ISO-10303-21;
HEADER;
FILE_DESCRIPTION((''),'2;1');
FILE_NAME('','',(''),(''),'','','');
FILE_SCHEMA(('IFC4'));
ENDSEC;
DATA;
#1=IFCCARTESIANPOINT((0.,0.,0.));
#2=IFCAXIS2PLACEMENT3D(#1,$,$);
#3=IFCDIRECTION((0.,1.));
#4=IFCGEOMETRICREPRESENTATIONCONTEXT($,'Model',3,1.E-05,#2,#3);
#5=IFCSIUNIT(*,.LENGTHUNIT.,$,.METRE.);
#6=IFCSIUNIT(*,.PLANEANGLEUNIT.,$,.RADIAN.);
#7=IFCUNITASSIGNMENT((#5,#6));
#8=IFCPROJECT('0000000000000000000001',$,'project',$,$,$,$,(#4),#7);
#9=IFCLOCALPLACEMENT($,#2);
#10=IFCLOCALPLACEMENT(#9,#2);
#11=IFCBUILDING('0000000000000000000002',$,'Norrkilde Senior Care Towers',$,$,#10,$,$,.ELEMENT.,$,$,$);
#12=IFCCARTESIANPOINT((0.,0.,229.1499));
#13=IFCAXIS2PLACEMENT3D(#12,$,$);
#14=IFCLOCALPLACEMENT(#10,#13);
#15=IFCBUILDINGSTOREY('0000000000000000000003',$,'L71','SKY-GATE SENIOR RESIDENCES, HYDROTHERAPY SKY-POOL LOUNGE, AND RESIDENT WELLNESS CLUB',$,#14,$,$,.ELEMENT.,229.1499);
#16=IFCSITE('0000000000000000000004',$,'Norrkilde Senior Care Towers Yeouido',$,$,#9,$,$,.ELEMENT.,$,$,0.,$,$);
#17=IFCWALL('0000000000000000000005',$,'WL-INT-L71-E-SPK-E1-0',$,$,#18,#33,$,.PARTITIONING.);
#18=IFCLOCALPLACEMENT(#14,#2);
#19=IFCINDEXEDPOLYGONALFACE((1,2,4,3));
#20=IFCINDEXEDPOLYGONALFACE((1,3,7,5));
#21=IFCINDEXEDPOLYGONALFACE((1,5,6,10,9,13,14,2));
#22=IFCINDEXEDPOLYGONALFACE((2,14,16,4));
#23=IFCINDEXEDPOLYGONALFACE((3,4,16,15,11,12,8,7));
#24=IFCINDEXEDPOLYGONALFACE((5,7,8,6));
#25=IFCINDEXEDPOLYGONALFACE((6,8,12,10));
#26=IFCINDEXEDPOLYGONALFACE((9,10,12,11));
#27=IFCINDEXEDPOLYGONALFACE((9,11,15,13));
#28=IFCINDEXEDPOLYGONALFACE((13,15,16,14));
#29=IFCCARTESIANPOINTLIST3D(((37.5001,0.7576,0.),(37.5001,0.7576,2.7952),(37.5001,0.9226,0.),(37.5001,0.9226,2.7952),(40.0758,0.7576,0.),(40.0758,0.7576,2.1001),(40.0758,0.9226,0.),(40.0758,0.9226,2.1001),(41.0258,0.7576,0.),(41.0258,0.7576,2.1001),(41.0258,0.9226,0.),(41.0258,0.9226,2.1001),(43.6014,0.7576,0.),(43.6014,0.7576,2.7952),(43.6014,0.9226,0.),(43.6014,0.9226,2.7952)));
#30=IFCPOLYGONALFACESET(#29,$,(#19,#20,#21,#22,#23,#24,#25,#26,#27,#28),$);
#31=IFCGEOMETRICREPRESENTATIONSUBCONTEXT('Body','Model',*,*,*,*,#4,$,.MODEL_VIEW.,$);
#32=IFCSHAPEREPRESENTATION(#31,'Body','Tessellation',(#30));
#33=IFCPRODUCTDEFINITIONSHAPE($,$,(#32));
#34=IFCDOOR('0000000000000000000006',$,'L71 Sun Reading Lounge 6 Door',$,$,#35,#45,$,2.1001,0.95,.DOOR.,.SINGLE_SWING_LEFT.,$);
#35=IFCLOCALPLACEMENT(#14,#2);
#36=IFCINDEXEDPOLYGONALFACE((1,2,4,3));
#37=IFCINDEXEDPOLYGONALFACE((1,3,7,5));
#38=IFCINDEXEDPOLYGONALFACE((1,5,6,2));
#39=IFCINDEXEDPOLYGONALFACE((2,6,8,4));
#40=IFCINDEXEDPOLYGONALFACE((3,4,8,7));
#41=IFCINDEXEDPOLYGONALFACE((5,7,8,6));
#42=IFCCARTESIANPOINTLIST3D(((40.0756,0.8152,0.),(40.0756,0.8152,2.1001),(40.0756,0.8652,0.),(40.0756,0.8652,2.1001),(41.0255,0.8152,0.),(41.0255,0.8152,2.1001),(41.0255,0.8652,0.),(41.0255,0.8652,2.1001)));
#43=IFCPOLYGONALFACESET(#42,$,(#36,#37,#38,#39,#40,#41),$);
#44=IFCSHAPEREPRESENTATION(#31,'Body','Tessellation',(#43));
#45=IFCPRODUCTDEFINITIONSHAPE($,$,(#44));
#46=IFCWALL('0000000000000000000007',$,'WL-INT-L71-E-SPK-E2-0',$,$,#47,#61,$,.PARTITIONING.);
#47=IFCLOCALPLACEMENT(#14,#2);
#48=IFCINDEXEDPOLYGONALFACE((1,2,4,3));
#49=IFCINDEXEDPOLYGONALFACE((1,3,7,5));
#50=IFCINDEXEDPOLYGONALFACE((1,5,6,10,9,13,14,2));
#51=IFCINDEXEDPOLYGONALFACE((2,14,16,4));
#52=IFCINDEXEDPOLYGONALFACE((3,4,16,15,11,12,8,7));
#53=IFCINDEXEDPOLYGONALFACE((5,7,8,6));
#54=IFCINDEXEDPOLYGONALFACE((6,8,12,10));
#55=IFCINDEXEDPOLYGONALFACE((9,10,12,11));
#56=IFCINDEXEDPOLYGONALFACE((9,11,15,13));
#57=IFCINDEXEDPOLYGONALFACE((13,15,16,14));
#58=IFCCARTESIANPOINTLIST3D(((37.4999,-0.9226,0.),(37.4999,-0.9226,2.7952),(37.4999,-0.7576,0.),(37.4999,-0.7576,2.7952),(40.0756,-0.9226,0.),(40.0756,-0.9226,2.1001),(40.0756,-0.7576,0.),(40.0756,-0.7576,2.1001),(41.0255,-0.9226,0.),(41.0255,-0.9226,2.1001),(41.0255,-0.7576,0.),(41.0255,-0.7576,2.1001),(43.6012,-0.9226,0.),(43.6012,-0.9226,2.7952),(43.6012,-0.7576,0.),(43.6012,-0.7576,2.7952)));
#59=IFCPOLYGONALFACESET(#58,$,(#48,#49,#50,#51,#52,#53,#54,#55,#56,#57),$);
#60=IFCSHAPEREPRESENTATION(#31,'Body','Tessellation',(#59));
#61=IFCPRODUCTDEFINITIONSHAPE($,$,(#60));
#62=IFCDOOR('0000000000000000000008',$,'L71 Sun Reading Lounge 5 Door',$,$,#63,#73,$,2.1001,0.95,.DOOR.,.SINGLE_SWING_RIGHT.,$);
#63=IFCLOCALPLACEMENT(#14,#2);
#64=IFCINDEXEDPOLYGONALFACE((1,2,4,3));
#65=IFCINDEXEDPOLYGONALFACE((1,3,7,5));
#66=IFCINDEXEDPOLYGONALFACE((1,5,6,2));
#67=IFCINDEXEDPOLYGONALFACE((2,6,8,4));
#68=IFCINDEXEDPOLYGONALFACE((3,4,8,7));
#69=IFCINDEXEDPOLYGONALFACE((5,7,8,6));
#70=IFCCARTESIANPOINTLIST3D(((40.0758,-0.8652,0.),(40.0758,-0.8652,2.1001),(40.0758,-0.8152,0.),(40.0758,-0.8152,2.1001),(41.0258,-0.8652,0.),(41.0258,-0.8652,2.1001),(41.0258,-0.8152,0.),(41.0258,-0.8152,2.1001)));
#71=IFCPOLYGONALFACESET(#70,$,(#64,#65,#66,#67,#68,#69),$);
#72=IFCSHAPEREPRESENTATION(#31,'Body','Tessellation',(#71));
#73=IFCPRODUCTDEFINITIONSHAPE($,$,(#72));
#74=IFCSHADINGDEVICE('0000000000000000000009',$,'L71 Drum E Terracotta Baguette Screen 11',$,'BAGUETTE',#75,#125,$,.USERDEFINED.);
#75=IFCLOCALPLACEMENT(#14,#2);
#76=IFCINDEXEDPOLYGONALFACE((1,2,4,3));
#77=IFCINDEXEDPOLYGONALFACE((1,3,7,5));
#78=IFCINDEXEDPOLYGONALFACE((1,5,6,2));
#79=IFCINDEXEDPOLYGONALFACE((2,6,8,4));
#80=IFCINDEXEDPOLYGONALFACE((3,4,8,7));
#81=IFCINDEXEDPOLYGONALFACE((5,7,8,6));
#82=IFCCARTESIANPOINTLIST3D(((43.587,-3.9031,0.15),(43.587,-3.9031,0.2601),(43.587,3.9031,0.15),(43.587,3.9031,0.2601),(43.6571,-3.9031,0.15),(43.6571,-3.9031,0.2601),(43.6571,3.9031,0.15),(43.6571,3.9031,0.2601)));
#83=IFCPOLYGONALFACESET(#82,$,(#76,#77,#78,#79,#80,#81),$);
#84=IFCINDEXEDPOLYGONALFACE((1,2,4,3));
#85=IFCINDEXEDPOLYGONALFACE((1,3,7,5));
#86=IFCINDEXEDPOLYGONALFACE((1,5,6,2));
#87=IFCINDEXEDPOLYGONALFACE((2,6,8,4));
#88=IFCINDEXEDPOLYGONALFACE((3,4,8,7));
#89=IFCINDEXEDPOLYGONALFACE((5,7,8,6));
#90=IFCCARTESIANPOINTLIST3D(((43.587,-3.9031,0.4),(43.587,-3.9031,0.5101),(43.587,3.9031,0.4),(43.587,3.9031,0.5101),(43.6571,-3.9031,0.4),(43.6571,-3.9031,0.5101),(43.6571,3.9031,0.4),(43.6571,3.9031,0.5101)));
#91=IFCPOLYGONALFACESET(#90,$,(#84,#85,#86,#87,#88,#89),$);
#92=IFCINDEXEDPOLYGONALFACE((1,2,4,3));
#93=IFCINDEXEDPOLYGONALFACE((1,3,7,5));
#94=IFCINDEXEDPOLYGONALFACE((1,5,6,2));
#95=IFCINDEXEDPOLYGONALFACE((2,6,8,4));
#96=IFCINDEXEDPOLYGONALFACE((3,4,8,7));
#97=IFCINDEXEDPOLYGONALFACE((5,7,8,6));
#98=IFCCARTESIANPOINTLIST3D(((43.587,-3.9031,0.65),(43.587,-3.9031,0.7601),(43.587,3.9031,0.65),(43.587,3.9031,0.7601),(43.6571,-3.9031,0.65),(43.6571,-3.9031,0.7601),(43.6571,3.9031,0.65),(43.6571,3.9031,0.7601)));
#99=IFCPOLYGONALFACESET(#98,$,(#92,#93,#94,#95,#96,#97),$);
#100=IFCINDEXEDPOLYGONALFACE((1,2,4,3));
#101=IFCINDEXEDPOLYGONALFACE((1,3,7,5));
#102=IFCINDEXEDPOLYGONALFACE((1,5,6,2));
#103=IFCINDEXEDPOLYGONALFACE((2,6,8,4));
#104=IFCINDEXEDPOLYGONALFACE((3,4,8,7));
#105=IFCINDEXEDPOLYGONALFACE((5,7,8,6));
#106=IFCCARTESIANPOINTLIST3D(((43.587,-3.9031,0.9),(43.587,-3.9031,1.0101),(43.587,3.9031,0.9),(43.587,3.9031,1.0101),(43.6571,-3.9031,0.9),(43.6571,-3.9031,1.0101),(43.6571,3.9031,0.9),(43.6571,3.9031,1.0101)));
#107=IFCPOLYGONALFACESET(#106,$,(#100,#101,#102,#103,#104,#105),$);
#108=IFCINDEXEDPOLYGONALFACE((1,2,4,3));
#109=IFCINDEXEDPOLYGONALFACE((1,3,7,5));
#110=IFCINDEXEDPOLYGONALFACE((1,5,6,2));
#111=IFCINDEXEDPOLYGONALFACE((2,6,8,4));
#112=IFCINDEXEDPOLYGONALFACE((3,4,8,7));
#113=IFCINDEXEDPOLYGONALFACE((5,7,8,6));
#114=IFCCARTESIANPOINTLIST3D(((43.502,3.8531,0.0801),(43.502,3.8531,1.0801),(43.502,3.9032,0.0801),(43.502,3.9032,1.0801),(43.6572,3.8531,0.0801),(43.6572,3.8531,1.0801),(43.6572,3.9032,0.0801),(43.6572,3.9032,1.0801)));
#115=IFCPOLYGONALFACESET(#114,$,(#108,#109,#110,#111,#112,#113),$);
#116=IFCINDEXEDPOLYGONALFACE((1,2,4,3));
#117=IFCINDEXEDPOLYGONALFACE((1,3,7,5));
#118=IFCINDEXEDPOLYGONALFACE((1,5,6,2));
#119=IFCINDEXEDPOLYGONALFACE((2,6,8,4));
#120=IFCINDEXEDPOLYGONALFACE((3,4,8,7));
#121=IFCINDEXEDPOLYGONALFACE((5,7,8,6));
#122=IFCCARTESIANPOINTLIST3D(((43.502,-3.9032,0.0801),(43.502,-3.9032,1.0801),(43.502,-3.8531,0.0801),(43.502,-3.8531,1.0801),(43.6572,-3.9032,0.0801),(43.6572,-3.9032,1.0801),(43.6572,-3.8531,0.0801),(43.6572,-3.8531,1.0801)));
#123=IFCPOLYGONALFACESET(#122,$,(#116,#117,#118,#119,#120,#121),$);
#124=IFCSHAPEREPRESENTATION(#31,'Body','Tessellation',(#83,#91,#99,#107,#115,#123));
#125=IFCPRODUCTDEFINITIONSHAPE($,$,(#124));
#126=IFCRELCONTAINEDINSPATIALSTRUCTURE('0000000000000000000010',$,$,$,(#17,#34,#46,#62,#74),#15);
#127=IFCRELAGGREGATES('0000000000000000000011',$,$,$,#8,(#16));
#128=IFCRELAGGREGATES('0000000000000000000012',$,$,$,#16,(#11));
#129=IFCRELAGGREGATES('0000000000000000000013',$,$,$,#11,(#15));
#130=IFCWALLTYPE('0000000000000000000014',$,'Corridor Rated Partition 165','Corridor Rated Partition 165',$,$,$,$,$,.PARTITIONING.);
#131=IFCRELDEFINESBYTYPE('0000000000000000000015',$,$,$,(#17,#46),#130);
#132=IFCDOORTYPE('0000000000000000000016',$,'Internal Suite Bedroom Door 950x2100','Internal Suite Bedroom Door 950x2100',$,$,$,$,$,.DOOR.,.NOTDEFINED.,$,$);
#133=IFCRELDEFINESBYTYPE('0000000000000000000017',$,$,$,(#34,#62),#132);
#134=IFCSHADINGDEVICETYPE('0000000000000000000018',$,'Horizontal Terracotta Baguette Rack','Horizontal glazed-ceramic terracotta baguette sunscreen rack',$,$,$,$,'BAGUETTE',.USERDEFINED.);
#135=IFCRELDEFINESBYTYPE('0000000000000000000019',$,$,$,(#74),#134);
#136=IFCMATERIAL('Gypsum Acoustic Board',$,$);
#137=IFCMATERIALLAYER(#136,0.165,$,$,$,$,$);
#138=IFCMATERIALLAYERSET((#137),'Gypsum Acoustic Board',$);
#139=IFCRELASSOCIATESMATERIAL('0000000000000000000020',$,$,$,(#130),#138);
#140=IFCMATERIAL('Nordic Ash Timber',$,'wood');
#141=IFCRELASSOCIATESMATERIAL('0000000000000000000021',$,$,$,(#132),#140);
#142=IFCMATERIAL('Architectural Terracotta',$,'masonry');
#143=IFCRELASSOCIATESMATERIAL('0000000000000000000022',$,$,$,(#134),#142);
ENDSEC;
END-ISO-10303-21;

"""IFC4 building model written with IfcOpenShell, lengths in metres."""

from ifc_helpers import new_model, si_unit, direction, frame, frame_2d, origin, origin_2d, place, context, subcontext, project, spatial, rectangle, extrude, source, transform, mapped, material, layer, layer_set, type_object, type_shapes, element, fill, save


model = new_model("IFC4")

# Units and contexts
model_context = context("Model", 3, precision=1e-05, world=origin(), true_north=direction((0.0, 1.0)))
body_context = subcontext(model_context, "Body", "Model", "MODEL_VIEW")
ifc_project = project(units=[si_unit("LENGTHUNIT", "METRE"), si_unit("PLANEANGLEUNIT", "RADIAN")], contexts=[model_context])

# Site, building, storey
site_placement = place(None, origin())
site = spatial("IfcSite", under=ifc_project, at=site_placement, Name="Norrkilde Senior Care Towers Yeouido", CompositionType="ELEMENT", RefElevation=0.0)
building_placement = place(site_placement, origin())
building = spatial("IfcBuilding", under=site, at=building_placement, Name="Norrkilde Senior Care Towers", CompositionType="ELEMENT")
storey_placement = place(building_placement, frame((0.0, 0.0, 229.1499)))
storey = spatial("IfcBuildingStorey", under=building, at=storey_placement, Name="L71", Description="SKY-GATE SENIOR RESIDENCES, HYDROTHERAPY SKY-POOL LOUNGE, AND RESIDENT WELLNESS CLUB", CompositionType="ELEMENT", Elevation=229.1499)

# Shared definitions
ifc_material_1 = material(Name="Gypsum Acoustic Board")
ifc_layer_1 = layer(ifc_material_1, 0.165)
ifc_layer_set_1 = layer_set([ifc_layer_1], Name="Gypsum Acoustic Board")
wall_type = type_object("IfcWallType", Name="Corridor Rated Partition 165", Description="Corridor Rated Partition 165", PredefinedType="PARTITIONING", material=ifc_layer_set_1)
ifc_material_2 = material(Name="Nordic Ash Timber", Category="wood")

# Walls, openings, doors
shared_shape_1 = source(origin(), body_context, "Body", "SweptSolid", [
    extrude(rectangle(XDim=6.1013, YDim=0.165, at=frame_2d((3.0508, 0.0))), origin(), (0.0, 0.0, 1.0), 2.7952),
])
wall_1_placement = place(storey_placement, frame((37.5, 0.8401, 0.0), z_axis=(0.0, 0.0, 1.0), x_axis=(1.0, 0.0, 0.0)))
wall_1 = element("IfcWall", 1, at=wall_1_placement, inside=storey, type_object=wall_type, Name="WL-INT-L71-E-SPK-E1-0", PredefinedType="PARTITIONING", context=body_context, shape_type="MappedRepresentation", body=[
    mapped(shared_shape_1, transform((0.0, 0.0, 0.0), x_axis=(1.0, 0.0, 0.0), y_axis=(0.0, 1.0, 0.0), z_axis=(0.0, 0.0, 1.0), scale=1.0)),
])
opening_1_placement = place(wall_1_placement, frame((2.5757, 0.0, 0.0)))
opening_1 = element("IfcOpeningElement", 2, at=opening_1_placement, cuts=wall_1, PredefinedType="OPENING", context=body_context, shape_type="SweptSolid", body=[
    extrude(rectangle(XDim=0.95, YDim=2.1001, at=frame_2d((0.4751, 1.05))), frame((0.0, 0.0925, 0.0), z_axis=(0.0, -1.0, 0.0), x_axis=(1.0, 0.0, 0.0)), (0.0, 0.0, 1.0), 0.1851),
])
door_type_1 = type_object("IfcDoorType", Name="Internal Suite Bedroom Door 950x2100", Description="Internal Suite Bedroom Door 950x2100", OperationType="NOTDEFINED", PredefinedType="DOOR", material=ifc_material_2)
shared_shape_2 = source(origin(), body_context, "Body", "SweptSolid", [
    extrude(rectangle(XDim=0.95, YDim=2.1001, at=frame_2d((0.4751, 1.05))), frame((0.0, 0.0249, 0.0), z_axis=(0.0, -1.0, 0.0), x_axis=(1.0, 0.0, 0.0)), (0.0, 0.0, 1.0), 0.05),
])
type_shapes(door_type_1, [shared_shape_2])
door_1_placement = place(opening_1_placement, frame((0.95, 0.0, 0.0), z_axis=(0.0, 0.0, 1.0), x_axis=(-1.0, 0.0, 0.0)))
door_1 = element("IfcDoor", 3, at=door_1_placement, inside=storey, type_object=door_type_1, Name="L71 Sun Reading Lounge 6 Door", OperationType="SINGLE_SWING_LEFT", OverallHeight=2.1001, OverallWidth=0.95, PredefinedType="DOOR", context=body_context, shape_type="MappedRepresentation", body=[
    mapped(shared_shape_2, transform((0.0, 0.0, 0.0), x_axis=(1.0, 0.0, 0.0), y_axis=(0.0, 1.0, 0.0), z_axis=(0.0, 0.0, 1.0), scale=1.0)),
])
fill(opening_1, door_1)
wall_2_placement = place(storey_placement, frame((43.6013, -0.8401, 0.0), z_axis=(0.0, 0.0, 1.0), x_axis=(-1.0, 0.0, 0.0)))
wall_2 = element("IfcWall", 4, at=wall_2_placement, inside=storey, type_object=wall_type, Name="WL-INT-L71-E-SPK-E2-0", PredefinedType="PARTITIONING", context=body_context, shape_type="MappedRepresentation", body=[
    mapped(shared_shape_1, transform((0.0, 0.0, 0.0), x_axis=(1.0, 0.0, 0.0), y_axis=(0.0, 1.0, 0.0), z_axis=(0.0, 0.0, 1.0), scale=1.0)),
])
opening_2_placement = place(wall_2_placement, frame((2.5757, 0.0, 0.0)))
opening_2 = element("IfcOpeningElement", 5, at=opening_2_placement, cuts=wall_2, PredefinedType="OPENING", context=body_context, shape_type="SweptSolid", body=[
    extrude(rectangle(XDim=0.95, YDim=2.1001, at=frame_2d((0.4751, 1.05))), frame((0.0, 0.0925, 0.0), z_axis=(0.0, -1.0, 0.0), x_axis=(1.0, 0.0, 0.0)), (0.0, 0.0, 1.0), 0.1851),
])
door_2_placement = place(opening_2_placement, frame((0.95, 0.0, 0.0), z_axis=(0.0, 0.0, 1.0), x_axis=(-1.0, 0.0, 0.0)))
door_2 = element("IfcDoor", 6, at=door_2_placement, inside=storey, type_object=door_type_1, Name="L71 Sun Reading Lounge 5 Door", OperationType="SINGLE_SWING_RIGHT", OverallHeight=2.1001, OverallWidth=0.95, PredefinedType="DOOR", context=body_context, shape_type="MappedRepresentation", body=[
    mapped(shared_shape_2, transform((0.0, 0.0, 0.0), x_axis=(1.0, 0.0, 0.0), y_axis=(0.0, 1.0, 0.0), z_axis=(0.0, 0.0, 1.0), scale=1.0)),
])
fill(opening_2, door_2)

# Shading device
ifc_material_3 = material(Name="Architectural Terracotta", Category="masonry")
shading_device_type = type_object("IfcShadingDeviceType", Name="Horizontal Terracotta Baguette Rack", Description="Horizontal glazed-ceramic terracotta baguette sunscreen rack", ElementType="BAGUETTE", PredefinedType="USERDEFINED", material=ifc_material_3)
shared_shape_3 = source(origin(), body_context, "Body", "SweptSolid", [
    extrude(rectangle(XDim=0.0701, YDim=0.1101, at=origin_2d()), frame((0.0, 0.0901, 0.125), z_axis=(1.0, 0.0, 0.0), x_axis=(0.0, 1.0, 0.0)), (0.0, 0.0, 1.0), 7.8062),
    extrude(rectangle(XDim=0.0701, YDim=0.1101, at=origin_2d()), frame((0.0, 0.0901, 0.375), z_axis=(1.0, 0.0, 0.0), x_axis=(0.0, 1.0, 0.0)), (0.0, 0.0, 1.0), 7.8062),
    extrude(rectangle(XDim=0.0701, YDim=0.1101, at=origin_2d()), frame((0.0, 0.0901, 0.625), z_axis=(1.0, 0.0, 0.0), x_axis=(0.0, 1.0, 0.0)), (0.0, 0.0, 1.0), 7.8062),
    extrude(rectangle(XDim=0.0701, YDim=0.1101, at=origin_2d()), frame((0.0, 0.0901, 0.875), z_axis=(1.0, 0.0, 0.0), x_axis=(0.0, 1.0, 0.0)), (0.0, 0.0, 1.0), 7.8062),
    extrude(rectangle(XDim=0.05, YDim=0.1553, at=origin_2d()), frame((0.0249, 0.0476, 0.0)), (0.0, 0.0, 1.0), 1.0),
    extrude(rectangle(XDim=0.05, YDim=0.1553, at=origin_2d()), frame((7.7812, 0.0476, 0.0)), (0.0, 0.0, 1.0), 1.0),
])
type_shapes(shading_device_type, [shared_shape_3])
shading_device_placement = place(storey_placement, frame((43.532, 3.9031, 0.0801), z_axis=(0.0, 0.0, 1.0), x_axis=(0.0, -1.0, 0.0)))
element("IfcShadingDevice", 7, at=shading_device_placement, inside=storey, type_object=shading_device_type, Name="L71 Drum E Terracotta Baguette Screen 11", ObjectType="BAGUETTE", PredefinedType="USERDEFINED", context=body_context, shape_type="MappedRepresentation", body=[
    mapped(shared_shape_3, transform((0.0, 0.0, 0.0), x_axis=(1.0, 0.0, 0.0), y_axis=(0.0, 1.0, 0.0), z_axis=(0.0, 0.0, 1.0), scale=1.0)),
])

save(model, "model.ifc")
